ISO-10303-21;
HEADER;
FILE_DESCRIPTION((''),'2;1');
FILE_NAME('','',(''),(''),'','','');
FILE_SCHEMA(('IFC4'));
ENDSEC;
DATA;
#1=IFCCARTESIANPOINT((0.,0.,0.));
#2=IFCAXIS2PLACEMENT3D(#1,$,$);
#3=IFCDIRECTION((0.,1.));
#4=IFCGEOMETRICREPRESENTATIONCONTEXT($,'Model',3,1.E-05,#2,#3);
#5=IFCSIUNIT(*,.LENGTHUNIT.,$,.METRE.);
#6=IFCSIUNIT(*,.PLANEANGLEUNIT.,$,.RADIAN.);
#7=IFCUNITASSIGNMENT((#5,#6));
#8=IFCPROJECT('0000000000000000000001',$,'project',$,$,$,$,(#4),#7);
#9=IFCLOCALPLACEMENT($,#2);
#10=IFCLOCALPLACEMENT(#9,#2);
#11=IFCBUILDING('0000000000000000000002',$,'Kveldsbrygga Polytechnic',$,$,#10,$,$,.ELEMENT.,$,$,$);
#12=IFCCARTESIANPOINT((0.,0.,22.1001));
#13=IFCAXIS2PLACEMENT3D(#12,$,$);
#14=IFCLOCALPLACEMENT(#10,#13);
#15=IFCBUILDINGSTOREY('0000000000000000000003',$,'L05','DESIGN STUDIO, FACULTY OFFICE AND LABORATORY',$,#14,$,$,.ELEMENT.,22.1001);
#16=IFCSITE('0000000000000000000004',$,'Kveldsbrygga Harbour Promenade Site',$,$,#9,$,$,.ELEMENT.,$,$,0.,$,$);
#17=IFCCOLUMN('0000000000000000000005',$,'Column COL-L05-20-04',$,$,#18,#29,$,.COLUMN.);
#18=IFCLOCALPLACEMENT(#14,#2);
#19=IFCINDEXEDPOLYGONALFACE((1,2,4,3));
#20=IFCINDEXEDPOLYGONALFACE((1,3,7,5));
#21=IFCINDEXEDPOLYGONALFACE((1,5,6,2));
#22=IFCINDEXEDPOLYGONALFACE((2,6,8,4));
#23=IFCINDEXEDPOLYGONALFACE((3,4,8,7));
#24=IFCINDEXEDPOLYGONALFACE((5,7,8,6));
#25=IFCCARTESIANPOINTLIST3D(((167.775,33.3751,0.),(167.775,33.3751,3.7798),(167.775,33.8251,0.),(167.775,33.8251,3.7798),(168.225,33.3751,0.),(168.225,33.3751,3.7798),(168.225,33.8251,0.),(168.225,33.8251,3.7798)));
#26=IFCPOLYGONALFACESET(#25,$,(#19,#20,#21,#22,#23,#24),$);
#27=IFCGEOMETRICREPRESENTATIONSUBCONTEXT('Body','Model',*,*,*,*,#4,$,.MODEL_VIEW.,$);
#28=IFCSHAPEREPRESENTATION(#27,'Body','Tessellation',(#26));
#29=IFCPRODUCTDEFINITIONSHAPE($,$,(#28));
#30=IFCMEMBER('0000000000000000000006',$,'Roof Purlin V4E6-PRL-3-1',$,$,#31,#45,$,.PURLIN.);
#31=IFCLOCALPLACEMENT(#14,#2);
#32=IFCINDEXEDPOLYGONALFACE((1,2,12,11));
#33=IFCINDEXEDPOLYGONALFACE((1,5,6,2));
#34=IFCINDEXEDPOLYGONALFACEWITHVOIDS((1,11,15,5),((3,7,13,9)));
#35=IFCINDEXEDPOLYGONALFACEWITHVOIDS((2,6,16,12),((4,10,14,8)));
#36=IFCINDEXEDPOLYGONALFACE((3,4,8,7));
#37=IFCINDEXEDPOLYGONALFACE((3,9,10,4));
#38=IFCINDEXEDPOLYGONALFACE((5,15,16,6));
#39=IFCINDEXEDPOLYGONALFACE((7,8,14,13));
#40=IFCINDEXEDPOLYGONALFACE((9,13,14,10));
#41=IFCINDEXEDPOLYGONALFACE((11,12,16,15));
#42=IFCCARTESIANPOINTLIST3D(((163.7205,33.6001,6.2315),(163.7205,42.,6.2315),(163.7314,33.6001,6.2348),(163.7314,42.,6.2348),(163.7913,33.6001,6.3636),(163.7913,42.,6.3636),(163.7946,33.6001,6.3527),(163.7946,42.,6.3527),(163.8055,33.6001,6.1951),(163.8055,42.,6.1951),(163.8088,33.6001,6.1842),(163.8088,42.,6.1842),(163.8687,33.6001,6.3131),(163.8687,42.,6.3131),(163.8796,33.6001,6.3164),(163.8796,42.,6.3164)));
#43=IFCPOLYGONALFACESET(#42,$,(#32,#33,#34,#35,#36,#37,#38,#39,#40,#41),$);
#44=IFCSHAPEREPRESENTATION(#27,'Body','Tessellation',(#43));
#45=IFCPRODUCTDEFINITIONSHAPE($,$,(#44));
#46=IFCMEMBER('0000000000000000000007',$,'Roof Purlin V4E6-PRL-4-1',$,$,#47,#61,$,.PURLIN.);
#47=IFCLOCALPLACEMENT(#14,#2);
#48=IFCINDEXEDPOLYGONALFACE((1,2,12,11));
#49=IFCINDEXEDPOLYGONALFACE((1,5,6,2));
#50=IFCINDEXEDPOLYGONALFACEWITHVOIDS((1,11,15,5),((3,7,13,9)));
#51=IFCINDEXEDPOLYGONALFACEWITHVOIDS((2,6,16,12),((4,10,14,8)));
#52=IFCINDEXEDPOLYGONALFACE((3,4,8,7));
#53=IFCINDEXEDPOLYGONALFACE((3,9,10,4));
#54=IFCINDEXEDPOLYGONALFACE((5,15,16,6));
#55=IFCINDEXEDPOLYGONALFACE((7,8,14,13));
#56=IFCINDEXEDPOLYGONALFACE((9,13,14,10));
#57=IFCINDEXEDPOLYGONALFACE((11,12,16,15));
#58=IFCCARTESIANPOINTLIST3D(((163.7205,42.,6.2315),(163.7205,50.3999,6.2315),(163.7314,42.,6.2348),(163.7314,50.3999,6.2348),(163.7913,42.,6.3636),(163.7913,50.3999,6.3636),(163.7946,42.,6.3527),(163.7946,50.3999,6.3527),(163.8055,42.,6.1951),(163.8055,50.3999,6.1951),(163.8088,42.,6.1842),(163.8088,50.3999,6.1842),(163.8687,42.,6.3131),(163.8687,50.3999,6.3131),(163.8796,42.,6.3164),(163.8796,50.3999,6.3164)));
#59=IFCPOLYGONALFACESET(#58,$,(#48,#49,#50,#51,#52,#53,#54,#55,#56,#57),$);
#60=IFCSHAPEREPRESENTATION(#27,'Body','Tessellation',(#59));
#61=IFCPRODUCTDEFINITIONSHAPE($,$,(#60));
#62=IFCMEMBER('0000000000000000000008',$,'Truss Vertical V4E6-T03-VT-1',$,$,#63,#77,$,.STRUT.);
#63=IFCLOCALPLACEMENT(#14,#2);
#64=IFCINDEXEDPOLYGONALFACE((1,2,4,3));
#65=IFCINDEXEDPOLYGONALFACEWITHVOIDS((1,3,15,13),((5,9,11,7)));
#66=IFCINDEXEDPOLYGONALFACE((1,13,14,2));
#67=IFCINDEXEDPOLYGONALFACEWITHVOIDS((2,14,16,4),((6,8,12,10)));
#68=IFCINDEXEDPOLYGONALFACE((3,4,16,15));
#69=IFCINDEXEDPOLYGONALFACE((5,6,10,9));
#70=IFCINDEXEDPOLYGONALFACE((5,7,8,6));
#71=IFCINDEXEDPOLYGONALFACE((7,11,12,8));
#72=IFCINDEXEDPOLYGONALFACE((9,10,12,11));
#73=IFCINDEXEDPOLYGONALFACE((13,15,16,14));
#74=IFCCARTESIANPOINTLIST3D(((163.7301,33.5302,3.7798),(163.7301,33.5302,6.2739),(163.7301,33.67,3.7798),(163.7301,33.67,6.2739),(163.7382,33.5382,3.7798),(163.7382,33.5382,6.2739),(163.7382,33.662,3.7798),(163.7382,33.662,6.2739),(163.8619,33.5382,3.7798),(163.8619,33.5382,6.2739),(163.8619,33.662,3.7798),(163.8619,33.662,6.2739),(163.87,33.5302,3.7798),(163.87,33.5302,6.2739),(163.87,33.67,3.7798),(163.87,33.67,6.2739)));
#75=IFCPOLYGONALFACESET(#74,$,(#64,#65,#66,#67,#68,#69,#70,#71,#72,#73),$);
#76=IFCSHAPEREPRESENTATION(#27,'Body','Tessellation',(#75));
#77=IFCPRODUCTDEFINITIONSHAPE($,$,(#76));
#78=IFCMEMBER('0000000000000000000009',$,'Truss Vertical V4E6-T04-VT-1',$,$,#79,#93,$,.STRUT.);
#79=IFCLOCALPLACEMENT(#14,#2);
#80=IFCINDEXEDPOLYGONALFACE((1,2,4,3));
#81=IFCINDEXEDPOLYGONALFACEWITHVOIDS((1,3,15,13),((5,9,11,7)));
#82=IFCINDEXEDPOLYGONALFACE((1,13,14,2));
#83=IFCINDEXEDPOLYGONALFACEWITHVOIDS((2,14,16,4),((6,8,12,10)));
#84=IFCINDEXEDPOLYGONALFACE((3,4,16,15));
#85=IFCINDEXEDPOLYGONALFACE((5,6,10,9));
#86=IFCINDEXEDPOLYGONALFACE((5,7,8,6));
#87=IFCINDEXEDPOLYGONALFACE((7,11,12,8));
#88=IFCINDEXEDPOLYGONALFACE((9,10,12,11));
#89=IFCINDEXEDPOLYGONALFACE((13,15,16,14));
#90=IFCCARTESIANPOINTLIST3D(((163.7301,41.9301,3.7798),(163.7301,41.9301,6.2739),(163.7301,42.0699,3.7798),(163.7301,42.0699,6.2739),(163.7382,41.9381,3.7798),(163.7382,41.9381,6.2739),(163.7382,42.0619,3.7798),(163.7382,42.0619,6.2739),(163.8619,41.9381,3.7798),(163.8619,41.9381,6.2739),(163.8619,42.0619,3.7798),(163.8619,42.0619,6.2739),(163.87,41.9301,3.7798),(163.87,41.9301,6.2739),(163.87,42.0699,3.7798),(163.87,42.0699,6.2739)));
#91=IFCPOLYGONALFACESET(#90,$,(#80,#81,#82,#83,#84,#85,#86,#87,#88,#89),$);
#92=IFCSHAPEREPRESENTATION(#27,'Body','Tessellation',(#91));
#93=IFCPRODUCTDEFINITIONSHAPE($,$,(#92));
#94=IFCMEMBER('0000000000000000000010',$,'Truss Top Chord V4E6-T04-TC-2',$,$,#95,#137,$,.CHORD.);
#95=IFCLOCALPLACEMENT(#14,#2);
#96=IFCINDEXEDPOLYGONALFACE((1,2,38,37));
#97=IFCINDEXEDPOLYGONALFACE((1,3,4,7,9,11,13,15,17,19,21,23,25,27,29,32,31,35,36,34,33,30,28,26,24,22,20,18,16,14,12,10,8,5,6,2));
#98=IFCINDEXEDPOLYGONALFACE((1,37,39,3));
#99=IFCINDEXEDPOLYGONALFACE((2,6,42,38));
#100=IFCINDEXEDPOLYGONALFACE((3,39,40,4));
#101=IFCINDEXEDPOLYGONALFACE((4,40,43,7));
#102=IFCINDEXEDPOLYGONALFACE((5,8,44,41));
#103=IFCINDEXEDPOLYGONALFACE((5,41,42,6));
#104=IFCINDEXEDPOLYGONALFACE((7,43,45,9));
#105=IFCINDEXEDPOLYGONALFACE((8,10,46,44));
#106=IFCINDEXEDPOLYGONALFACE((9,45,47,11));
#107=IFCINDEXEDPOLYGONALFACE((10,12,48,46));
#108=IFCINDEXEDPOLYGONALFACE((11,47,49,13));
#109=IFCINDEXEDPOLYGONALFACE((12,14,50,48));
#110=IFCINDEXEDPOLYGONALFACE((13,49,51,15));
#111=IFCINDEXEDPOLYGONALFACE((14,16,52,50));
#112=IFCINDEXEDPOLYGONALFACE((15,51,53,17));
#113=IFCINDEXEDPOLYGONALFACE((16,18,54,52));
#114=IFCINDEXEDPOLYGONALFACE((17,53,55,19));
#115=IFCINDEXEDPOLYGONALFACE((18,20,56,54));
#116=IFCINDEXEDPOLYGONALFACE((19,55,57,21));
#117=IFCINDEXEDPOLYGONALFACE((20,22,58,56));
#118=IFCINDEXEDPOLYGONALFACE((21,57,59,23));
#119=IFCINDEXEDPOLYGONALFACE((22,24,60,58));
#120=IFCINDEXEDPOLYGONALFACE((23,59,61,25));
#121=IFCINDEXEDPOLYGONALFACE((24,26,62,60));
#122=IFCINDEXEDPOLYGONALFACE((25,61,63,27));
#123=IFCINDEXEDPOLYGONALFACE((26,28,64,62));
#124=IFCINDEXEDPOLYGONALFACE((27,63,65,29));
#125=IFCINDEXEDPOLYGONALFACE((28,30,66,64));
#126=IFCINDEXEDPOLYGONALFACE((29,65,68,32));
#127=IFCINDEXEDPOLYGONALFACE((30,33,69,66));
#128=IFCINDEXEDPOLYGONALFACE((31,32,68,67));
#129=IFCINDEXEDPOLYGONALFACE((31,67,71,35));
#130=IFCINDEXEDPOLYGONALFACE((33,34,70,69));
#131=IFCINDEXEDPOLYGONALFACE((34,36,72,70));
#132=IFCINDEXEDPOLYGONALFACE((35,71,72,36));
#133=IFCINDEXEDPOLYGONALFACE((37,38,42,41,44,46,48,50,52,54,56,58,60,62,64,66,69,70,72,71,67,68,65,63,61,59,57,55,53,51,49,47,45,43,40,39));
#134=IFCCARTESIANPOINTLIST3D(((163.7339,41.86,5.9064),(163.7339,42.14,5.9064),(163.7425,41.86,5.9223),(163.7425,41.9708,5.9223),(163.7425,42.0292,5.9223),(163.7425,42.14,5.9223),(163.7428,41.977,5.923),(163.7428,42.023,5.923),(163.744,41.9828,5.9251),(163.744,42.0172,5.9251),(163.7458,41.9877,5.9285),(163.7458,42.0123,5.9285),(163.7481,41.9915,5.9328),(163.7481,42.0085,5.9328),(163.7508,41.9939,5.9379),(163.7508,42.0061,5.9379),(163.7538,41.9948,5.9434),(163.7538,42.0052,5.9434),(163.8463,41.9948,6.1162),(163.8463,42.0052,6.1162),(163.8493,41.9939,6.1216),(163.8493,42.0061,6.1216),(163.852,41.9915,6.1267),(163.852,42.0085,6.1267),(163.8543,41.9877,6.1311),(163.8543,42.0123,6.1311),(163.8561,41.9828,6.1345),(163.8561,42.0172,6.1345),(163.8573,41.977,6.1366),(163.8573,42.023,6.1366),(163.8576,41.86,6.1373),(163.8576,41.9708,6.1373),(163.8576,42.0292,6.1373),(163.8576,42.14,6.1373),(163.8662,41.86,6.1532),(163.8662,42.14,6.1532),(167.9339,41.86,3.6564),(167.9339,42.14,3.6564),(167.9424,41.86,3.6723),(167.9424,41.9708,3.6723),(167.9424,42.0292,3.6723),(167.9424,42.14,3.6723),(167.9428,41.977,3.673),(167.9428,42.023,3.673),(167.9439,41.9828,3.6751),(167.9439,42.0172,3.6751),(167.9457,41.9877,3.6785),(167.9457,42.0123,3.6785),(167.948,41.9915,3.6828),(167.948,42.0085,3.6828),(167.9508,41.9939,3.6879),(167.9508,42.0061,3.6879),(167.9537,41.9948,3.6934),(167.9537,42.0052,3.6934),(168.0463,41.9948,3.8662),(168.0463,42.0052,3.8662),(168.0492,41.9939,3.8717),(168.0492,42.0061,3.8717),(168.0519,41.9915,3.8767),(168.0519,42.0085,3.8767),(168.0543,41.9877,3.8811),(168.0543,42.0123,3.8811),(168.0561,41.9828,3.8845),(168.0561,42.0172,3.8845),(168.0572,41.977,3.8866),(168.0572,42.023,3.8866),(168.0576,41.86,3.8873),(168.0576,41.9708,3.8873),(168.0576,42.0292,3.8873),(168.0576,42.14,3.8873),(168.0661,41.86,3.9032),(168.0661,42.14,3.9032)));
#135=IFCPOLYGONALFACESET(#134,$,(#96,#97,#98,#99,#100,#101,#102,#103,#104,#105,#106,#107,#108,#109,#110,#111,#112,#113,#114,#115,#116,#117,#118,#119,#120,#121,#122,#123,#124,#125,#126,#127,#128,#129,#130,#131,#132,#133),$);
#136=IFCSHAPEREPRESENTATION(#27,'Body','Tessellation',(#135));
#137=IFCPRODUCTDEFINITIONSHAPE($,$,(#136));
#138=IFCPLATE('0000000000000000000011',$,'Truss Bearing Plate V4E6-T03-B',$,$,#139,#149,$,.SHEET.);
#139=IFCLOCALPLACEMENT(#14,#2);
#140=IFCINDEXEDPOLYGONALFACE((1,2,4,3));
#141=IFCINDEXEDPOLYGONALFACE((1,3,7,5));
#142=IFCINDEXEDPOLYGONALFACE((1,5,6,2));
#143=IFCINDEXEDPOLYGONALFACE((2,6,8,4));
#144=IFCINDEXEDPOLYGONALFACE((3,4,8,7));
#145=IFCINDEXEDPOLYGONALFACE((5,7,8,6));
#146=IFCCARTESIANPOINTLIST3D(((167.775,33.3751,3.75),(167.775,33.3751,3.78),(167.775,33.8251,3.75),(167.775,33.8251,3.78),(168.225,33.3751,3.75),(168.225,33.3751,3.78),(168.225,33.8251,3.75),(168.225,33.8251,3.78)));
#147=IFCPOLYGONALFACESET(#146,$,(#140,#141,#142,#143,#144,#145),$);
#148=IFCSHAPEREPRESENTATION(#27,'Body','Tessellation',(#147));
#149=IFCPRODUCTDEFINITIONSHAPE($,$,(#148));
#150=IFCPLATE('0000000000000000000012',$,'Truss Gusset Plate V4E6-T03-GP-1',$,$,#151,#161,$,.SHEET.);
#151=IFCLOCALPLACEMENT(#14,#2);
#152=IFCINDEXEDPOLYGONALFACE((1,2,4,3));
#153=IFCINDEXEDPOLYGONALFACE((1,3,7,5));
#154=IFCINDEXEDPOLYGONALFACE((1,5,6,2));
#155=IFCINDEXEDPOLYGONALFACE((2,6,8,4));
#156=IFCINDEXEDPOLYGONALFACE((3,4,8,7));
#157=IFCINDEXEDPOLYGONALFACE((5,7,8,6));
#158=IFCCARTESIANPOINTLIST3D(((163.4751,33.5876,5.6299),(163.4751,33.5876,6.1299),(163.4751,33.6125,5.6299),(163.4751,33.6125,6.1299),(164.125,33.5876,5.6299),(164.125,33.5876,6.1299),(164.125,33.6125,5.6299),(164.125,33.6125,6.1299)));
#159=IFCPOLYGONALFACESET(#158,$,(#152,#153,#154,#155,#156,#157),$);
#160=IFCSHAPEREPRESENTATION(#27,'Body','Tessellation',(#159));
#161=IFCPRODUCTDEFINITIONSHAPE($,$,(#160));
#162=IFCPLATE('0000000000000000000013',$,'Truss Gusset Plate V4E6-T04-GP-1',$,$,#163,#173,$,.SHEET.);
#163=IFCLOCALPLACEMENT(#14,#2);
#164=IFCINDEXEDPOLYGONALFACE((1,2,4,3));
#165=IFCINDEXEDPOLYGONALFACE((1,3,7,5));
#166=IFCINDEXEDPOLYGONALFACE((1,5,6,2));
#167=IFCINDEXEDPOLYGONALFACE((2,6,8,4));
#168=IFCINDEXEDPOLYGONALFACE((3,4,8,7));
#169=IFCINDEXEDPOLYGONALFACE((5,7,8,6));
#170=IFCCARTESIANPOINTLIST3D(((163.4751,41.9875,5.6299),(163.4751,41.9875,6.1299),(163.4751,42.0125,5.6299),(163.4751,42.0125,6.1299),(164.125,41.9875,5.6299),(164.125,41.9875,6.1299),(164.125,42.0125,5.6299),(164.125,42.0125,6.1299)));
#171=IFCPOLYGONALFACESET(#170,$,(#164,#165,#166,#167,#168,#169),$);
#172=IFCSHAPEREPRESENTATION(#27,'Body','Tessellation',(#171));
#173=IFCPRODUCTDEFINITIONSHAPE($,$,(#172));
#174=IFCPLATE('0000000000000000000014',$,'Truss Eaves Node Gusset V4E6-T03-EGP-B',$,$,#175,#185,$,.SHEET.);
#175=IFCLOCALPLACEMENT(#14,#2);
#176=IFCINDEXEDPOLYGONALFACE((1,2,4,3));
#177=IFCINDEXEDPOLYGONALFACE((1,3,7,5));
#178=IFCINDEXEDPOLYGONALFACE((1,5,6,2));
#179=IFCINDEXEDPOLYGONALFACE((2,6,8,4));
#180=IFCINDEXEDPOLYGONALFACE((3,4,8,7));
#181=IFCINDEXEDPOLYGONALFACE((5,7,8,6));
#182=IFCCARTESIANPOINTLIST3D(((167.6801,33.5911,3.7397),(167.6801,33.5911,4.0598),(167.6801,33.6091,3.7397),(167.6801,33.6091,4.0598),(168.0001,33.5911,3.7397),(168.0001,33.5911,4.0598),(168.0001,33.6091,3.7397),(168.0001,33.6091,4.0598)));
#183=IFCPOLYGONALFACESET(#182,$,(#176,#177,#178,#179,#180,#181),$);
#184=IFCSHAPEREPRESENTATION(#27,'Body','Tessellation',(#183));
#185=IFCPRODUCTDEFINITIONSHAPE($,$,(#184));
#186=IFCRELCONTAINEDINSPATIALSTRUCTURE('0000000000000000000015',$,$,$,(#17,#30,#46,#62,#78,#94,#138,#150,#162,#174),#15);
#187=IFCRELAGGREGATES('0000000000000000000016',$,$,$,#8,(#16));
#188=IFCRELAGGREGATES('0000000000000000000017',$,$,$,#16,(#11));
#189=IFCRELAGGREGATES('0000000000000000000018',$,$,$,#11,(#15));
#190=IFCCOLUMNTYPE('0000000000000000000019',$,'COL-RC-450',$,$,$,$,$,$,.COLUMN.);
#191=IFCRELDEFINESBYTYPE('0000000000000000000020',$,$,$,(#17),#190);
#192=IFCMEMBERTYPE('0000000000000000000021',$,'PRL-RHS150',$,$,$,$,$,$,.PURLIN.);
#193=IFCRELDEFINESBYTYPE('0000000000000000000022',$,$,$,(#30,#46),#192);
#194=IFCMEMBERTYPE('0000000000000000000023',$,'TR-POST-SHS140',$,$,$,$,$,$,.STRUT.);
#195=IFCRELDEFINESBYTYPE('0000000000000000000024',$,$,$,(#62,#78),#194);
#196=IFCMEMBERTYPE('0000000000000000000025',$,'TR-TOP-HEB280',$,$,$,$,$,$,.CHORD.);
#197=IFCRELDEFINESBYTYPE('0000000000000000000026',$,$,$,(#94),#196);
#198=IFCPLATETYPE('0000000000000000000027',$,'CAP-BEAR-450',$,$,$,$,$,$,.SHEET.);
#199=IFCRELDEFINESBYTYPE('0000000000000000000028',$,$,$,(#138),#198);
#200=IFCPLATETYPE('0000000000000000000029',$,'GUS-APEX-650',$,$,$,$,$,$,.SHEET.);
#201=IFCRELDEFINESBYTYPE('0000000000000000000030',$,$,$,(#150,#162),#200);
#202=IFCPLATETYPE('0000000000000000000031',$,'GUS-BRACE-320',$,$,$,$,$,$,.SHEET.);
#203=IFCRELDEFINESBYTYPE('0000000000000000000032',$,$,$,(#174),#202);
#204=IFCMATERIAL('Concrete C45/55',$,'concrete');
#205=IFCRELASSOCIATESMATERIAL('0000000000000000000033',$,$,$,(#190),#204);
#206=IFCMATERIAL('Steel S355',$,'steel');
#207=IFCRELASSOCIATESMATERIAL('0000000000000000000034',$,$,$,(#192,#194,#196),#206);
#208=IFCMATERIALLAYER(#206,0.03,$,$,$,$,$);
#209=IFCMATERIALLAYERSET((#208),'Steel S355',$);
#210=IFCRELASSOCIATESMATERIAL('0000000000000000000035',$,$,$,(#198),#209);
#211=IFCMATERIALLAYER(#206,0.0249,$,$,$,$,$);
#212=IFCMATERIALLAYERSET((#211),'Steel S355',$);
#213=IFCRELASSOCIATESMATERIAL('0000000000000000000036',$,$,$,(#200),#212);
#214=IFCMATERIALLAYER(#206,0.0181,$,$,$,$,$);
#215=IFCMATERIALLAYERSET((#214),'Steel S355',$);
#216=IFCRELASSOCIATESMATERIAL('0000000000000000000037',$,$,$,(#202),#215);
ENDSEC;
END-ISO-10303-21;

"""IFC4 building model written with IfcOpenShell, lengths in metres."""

from ifc_helpers import new_model, si_unit, direction, frame, origin, origin_2d, place, context, subcontext, project, spatial, rectangle, hollow_rectangle, i_section, extrude, material, layer, layer_set, material_profile, profile_set, type_object, element, save


model = new_model("IFC4")

# Units and contexts
model_context = context("Model", 3, precision=1e-05, world=origin(), true_north=direction((0.0, 1.0)))
body_context = subcontext(model_context, "Body", "Model", "MODEL_VIEW")
ifc_project = project(units=[si_unit("LENGTHUNIT", "METRE"), si_unit("PLANEANGLEUNIT", "RADIAN")], contexts=[model_context])

# Site, building, storey
site_placement = place(None, origin())
site = spatial("IfcSite", under=ifc_project, at=site_placement, Name="Kveldsbrygga Harbour Promenade Site", CompositionType="ELEMENT", RefElevation=0.0)
building_placement = place(site_placement, origin())
building = spatial("IfcBuilding", under=site, at=building_placement, Name="Kveldsbrygga Polytechnic", CompositionType="ELEMENT")
storey_placement = place(building_placement, frame((0.0, 0.0, 22.1001)))
storey = spatial("IfcBuildingStorey", under=building, at=storey_placement, Name="L05", Description="DESIGN STUDIO, FACULTY OFFICE AND LABORATORY", CompositionType="ELEMENT", Elevation=22.1001)

# Column
ifc_material_1 = material(Name="Concrete C45/55", Category="concrete")
ifc_material_profile_1 = material_profile(ifc_material_1, rectangle(XDim=0.45, YDim=0.45, at=origin_2d()), Name="RC 450x450")
ifc_profile_set_1 = profile_set([ifc_material_profile_1], Name="Concrete C45/55")
column_type = type_object("IfcColumnType", Name="COL-RC-450", PredefinedType="COLUMN", material=ifc_profile_set_1)
column_placement = place(storey_placement, frame((168.0, 33.6001, 0.0), z_axis=(0.0, 0.0, 1.0), x_axis=(1.0, 0.0, 0.0)))
element("IfcColumn", 1, at=column_placement, inside=storey, type_object=column_type, Name="Column COL-L05-20-04", PredefinedType="COLUMN", context=body_context, shape_type="SweptSolid", body=[
    extrude(rectangle(XDim=0.45, YDim=0.45, at=origin_2d()), origin(), (0.0, 0.0, 1.0), 3.7798),
])

# Members
ifc_material_2 = material(Name="Steel S355", Category="steel")
ifc_material_profile_2 = material_profile(ifc_material_2, hollow_rectangle(XDim=0.1001, YDim=0.1499, WallThickness=0.0081, at=origin_2d()), Name="RHS 150x100x8.0")
ifc_profile_set_2 = profile_set([ifc_material_profile_2], Name="Steel S355")
member_type_1 = type_object("IfcMemberType", Name="PRL-RHS150", PredefinedType="PURLIN", material=ifc_profile_set_2)
for number, where, z_axis, x_axis, name in (
    (2, (163.8, 33.6001, 6.2739), (0.0, 1.0, 0.0), (-0.88148, 0.0, 0.472222), "Roof Purlin V4E6-PRL-3-1"),
    (3, (163.8, 42.0, 6.2739), (0.0, 1.0, 0.0), (-0.88148, 0.0, 0.472222), "Roof Purlin V4E6-PRL-4-1"),
):
    element("IfcMember", number, at=place(storey_placement, frame(where, z_axis=z_axis, x_axis=x_axis)), inside=storey, type_object=member_type_1, Name=name, PredefinedType="PURLIN", context=body_context, shape_type="SweptSolid", body=[
        extrude(hollow_rectangle(XDim=0.1001, YDim=0.1499, WallThickness=0.0081, at=origin_2d()), origin(), (0.0, 0.0, 1.0), 8.3999),
    ])
ifc_material_profile_3 = material_profile(ifc_material_2, hollow_rectangle(XDim=0.1399, YDim=0.1399, WallThickness=0.0081, at=origin_2d()), Name="SHS 140x140x8.0")
ifc_profile_set_3 = profile_set([ifc_material_profile_3], Name="Steel S355")
member_type_2 = type_object("IfcMemberType", Name="TR-POST-SHS140", PredefinedType="STRUT", material=ifc_profile_set_3)
for number, where, z_axis, x_axis, name in (
    (4, (163.8, 33.6001, 3.7798), (0.0, 0.0, 1.0), (1.0, 0.0, 0.0), "Truss Vertical V4E6-T03-VT-1"),
    (5, (163.8, 42.0, 3.7798), (0.0, 0.0, 1.0), (1.0, 0.0, 0.0), "Truss Vertical V4E6-T04-VT-1"),
):
    element("IfcMember", number, at=place(storey_placement, frame(where, z_axis=z_axis, x_axis=x_axis)), inside=storey, type_object=member_type_2, Name=name, PredefinedType="STRUT", context=body_context, shape_type="SweptSolid", body=[
        extrude(hollow_rectangle(XDim=0.1399, YDim=0.1399, WallThickness=0.0081, at=origin_2d()), origin(), (0.0, 0.0, 1.0), 2.4941),
    ])
ifc_material_profile_4 = material_profile(ifc_material_2, i_section(OverallWidth=0.28, OverallDepth=0.28, WebThickness=0.0105, FlangeThickness=0.0181, FilletRadius=0.0239, at=origin_2d()), Name="HEB 280")
ifc_profile_set_4 = profile_set([ifc_material_profile_4], Name="Steel S355")
member_type_3 = type_object("IfcMemberType", Name="TR-TOP-HEB280", PredefinedType="CHORD", material=ifc_profile_set_4)
member_placement = place(storey_placement, frame((163.8, 42.0, 6.0298), z_axis=(0.881478, 0.0, -0.472226), x_axis=(0.0, 1.0, 0.0)))
element("IfcMember", 6, at=member_placement, inside=storey, type_object=member_type_3, Name="Truss Top Chord V4E6-T04-TC-2", PredefinedType="CHORD", context=body_context, shape_type="SweptSolid", body=[
    extrude(i_section(OverallWidth=0.28, OverallDepth=0.28, WebThickness=0.0105, FlangeThickness=0.0181, FilletRadius=0.0239, at=origin_2d()), origin(), (0.0, 0.0, 1.0), 4.7646),
])

# Plates
ifc_layer_1 = layer(ifc_material_2, 0.03)
ifc_layer_set_1 = layer_set([ifc_layer_1], Name="Steel S355")
plate_type_1 = type_object("IfcPlateType", Name="CAP-BEAR-450", PredefinedType="SHEET", material=ifc_layer_set_1)
plate_1_placement = place(storey_placement, frame((168.0, 33.6001, 3.75), z_axis=(0.0, 0.0, 1.0), x_axis=(1.0, 0.0, 0.0)))
element("IfcPlate", 7, at=plate_1_placement, inside=storey, type_object=plate_type_1, Name="Truss Bearing Plate V4E6-T03-B", PredefinedType="SHEET", context=body_context, shape_type="SweptSolid", body=[
    extrude(rectangle(XDim=0.45, YDim=0.45, at=origin_2d()), origin(), (0.0, 0.0, 1.0), 0.03),
])
ifc_layer_2 = layer(ifc_material_2, 0.0249)
ifc_layer_set_2 = layer_set([ifc_layer_2], Name="Steel S355")
plate_type_2 = type_object("IfcPlateType", Name="GUS-APEX-650", PredefinedType="SHEET", material=ifc_layer_set_2)
for number, where, z_axis, x_axis, name in (
    (8, (163.8, 33.6001, 5.6299), (0.0, 0.0, 1.0), (1.0, 0.0, 0.0), "Truss Gusset Plate V4E6-T03-GP-1"),
    (9, (163.8, 42.0, 5.6299), (0.0, 0.0, 1.0), (1.0, 0.0, 0.0), "Truss Gusset Plate V4E6-T04-GP-1"),
):
    element("IfcPlate", number, at=place(storey_placement, frame(where, z_axis=z_axis, x_axis=x_axis)), inside=storey, type_object=plate_type_2, Name=name, PredefinedType="SHEET", context=body_context, shape_type="SweptSolid", body=[
        extrude(rectangle(XDim=0.6499, YDim=0.0249, at=origin_2d()), origin(), (0.0, 0.0, 1.0), 0.5),
    ])
ifc_layer_3 = layer(ifc_material_2, 0.0181)
ifc_layer_set_3 = layer_set([ifc_layer_3], Name="Steel S355")
plate_type_3 = type_object("IfcPlateType", Name="GUS-BRACE-320", PredefinedType="SHEET", material=ifc_layer_set_3)
plate_2_placement = place(storey_placement, frame((167.8401, 33.6001, 3.7397), z_axis=(0.0, 0.0, 1.0), x_axis=(1.0, 0.0, 0.0)))
element("IfcPlate", 10, at=plate_2_placement, inside=storey, type_object=plate_type_3, Name="Truss Eaves Node Gusset V4E6-T03-EGP-B", PredefinedType="SHEET", context=body_context, shape_type="SweptSolid", body=[
    extrude(rectangle(XDim=0.3201, YDim=0.0181, at=origin_2d()), origin(), (0.0, 0.0, 1.0), 0.3201),
])

save(model, "model.ifc")
